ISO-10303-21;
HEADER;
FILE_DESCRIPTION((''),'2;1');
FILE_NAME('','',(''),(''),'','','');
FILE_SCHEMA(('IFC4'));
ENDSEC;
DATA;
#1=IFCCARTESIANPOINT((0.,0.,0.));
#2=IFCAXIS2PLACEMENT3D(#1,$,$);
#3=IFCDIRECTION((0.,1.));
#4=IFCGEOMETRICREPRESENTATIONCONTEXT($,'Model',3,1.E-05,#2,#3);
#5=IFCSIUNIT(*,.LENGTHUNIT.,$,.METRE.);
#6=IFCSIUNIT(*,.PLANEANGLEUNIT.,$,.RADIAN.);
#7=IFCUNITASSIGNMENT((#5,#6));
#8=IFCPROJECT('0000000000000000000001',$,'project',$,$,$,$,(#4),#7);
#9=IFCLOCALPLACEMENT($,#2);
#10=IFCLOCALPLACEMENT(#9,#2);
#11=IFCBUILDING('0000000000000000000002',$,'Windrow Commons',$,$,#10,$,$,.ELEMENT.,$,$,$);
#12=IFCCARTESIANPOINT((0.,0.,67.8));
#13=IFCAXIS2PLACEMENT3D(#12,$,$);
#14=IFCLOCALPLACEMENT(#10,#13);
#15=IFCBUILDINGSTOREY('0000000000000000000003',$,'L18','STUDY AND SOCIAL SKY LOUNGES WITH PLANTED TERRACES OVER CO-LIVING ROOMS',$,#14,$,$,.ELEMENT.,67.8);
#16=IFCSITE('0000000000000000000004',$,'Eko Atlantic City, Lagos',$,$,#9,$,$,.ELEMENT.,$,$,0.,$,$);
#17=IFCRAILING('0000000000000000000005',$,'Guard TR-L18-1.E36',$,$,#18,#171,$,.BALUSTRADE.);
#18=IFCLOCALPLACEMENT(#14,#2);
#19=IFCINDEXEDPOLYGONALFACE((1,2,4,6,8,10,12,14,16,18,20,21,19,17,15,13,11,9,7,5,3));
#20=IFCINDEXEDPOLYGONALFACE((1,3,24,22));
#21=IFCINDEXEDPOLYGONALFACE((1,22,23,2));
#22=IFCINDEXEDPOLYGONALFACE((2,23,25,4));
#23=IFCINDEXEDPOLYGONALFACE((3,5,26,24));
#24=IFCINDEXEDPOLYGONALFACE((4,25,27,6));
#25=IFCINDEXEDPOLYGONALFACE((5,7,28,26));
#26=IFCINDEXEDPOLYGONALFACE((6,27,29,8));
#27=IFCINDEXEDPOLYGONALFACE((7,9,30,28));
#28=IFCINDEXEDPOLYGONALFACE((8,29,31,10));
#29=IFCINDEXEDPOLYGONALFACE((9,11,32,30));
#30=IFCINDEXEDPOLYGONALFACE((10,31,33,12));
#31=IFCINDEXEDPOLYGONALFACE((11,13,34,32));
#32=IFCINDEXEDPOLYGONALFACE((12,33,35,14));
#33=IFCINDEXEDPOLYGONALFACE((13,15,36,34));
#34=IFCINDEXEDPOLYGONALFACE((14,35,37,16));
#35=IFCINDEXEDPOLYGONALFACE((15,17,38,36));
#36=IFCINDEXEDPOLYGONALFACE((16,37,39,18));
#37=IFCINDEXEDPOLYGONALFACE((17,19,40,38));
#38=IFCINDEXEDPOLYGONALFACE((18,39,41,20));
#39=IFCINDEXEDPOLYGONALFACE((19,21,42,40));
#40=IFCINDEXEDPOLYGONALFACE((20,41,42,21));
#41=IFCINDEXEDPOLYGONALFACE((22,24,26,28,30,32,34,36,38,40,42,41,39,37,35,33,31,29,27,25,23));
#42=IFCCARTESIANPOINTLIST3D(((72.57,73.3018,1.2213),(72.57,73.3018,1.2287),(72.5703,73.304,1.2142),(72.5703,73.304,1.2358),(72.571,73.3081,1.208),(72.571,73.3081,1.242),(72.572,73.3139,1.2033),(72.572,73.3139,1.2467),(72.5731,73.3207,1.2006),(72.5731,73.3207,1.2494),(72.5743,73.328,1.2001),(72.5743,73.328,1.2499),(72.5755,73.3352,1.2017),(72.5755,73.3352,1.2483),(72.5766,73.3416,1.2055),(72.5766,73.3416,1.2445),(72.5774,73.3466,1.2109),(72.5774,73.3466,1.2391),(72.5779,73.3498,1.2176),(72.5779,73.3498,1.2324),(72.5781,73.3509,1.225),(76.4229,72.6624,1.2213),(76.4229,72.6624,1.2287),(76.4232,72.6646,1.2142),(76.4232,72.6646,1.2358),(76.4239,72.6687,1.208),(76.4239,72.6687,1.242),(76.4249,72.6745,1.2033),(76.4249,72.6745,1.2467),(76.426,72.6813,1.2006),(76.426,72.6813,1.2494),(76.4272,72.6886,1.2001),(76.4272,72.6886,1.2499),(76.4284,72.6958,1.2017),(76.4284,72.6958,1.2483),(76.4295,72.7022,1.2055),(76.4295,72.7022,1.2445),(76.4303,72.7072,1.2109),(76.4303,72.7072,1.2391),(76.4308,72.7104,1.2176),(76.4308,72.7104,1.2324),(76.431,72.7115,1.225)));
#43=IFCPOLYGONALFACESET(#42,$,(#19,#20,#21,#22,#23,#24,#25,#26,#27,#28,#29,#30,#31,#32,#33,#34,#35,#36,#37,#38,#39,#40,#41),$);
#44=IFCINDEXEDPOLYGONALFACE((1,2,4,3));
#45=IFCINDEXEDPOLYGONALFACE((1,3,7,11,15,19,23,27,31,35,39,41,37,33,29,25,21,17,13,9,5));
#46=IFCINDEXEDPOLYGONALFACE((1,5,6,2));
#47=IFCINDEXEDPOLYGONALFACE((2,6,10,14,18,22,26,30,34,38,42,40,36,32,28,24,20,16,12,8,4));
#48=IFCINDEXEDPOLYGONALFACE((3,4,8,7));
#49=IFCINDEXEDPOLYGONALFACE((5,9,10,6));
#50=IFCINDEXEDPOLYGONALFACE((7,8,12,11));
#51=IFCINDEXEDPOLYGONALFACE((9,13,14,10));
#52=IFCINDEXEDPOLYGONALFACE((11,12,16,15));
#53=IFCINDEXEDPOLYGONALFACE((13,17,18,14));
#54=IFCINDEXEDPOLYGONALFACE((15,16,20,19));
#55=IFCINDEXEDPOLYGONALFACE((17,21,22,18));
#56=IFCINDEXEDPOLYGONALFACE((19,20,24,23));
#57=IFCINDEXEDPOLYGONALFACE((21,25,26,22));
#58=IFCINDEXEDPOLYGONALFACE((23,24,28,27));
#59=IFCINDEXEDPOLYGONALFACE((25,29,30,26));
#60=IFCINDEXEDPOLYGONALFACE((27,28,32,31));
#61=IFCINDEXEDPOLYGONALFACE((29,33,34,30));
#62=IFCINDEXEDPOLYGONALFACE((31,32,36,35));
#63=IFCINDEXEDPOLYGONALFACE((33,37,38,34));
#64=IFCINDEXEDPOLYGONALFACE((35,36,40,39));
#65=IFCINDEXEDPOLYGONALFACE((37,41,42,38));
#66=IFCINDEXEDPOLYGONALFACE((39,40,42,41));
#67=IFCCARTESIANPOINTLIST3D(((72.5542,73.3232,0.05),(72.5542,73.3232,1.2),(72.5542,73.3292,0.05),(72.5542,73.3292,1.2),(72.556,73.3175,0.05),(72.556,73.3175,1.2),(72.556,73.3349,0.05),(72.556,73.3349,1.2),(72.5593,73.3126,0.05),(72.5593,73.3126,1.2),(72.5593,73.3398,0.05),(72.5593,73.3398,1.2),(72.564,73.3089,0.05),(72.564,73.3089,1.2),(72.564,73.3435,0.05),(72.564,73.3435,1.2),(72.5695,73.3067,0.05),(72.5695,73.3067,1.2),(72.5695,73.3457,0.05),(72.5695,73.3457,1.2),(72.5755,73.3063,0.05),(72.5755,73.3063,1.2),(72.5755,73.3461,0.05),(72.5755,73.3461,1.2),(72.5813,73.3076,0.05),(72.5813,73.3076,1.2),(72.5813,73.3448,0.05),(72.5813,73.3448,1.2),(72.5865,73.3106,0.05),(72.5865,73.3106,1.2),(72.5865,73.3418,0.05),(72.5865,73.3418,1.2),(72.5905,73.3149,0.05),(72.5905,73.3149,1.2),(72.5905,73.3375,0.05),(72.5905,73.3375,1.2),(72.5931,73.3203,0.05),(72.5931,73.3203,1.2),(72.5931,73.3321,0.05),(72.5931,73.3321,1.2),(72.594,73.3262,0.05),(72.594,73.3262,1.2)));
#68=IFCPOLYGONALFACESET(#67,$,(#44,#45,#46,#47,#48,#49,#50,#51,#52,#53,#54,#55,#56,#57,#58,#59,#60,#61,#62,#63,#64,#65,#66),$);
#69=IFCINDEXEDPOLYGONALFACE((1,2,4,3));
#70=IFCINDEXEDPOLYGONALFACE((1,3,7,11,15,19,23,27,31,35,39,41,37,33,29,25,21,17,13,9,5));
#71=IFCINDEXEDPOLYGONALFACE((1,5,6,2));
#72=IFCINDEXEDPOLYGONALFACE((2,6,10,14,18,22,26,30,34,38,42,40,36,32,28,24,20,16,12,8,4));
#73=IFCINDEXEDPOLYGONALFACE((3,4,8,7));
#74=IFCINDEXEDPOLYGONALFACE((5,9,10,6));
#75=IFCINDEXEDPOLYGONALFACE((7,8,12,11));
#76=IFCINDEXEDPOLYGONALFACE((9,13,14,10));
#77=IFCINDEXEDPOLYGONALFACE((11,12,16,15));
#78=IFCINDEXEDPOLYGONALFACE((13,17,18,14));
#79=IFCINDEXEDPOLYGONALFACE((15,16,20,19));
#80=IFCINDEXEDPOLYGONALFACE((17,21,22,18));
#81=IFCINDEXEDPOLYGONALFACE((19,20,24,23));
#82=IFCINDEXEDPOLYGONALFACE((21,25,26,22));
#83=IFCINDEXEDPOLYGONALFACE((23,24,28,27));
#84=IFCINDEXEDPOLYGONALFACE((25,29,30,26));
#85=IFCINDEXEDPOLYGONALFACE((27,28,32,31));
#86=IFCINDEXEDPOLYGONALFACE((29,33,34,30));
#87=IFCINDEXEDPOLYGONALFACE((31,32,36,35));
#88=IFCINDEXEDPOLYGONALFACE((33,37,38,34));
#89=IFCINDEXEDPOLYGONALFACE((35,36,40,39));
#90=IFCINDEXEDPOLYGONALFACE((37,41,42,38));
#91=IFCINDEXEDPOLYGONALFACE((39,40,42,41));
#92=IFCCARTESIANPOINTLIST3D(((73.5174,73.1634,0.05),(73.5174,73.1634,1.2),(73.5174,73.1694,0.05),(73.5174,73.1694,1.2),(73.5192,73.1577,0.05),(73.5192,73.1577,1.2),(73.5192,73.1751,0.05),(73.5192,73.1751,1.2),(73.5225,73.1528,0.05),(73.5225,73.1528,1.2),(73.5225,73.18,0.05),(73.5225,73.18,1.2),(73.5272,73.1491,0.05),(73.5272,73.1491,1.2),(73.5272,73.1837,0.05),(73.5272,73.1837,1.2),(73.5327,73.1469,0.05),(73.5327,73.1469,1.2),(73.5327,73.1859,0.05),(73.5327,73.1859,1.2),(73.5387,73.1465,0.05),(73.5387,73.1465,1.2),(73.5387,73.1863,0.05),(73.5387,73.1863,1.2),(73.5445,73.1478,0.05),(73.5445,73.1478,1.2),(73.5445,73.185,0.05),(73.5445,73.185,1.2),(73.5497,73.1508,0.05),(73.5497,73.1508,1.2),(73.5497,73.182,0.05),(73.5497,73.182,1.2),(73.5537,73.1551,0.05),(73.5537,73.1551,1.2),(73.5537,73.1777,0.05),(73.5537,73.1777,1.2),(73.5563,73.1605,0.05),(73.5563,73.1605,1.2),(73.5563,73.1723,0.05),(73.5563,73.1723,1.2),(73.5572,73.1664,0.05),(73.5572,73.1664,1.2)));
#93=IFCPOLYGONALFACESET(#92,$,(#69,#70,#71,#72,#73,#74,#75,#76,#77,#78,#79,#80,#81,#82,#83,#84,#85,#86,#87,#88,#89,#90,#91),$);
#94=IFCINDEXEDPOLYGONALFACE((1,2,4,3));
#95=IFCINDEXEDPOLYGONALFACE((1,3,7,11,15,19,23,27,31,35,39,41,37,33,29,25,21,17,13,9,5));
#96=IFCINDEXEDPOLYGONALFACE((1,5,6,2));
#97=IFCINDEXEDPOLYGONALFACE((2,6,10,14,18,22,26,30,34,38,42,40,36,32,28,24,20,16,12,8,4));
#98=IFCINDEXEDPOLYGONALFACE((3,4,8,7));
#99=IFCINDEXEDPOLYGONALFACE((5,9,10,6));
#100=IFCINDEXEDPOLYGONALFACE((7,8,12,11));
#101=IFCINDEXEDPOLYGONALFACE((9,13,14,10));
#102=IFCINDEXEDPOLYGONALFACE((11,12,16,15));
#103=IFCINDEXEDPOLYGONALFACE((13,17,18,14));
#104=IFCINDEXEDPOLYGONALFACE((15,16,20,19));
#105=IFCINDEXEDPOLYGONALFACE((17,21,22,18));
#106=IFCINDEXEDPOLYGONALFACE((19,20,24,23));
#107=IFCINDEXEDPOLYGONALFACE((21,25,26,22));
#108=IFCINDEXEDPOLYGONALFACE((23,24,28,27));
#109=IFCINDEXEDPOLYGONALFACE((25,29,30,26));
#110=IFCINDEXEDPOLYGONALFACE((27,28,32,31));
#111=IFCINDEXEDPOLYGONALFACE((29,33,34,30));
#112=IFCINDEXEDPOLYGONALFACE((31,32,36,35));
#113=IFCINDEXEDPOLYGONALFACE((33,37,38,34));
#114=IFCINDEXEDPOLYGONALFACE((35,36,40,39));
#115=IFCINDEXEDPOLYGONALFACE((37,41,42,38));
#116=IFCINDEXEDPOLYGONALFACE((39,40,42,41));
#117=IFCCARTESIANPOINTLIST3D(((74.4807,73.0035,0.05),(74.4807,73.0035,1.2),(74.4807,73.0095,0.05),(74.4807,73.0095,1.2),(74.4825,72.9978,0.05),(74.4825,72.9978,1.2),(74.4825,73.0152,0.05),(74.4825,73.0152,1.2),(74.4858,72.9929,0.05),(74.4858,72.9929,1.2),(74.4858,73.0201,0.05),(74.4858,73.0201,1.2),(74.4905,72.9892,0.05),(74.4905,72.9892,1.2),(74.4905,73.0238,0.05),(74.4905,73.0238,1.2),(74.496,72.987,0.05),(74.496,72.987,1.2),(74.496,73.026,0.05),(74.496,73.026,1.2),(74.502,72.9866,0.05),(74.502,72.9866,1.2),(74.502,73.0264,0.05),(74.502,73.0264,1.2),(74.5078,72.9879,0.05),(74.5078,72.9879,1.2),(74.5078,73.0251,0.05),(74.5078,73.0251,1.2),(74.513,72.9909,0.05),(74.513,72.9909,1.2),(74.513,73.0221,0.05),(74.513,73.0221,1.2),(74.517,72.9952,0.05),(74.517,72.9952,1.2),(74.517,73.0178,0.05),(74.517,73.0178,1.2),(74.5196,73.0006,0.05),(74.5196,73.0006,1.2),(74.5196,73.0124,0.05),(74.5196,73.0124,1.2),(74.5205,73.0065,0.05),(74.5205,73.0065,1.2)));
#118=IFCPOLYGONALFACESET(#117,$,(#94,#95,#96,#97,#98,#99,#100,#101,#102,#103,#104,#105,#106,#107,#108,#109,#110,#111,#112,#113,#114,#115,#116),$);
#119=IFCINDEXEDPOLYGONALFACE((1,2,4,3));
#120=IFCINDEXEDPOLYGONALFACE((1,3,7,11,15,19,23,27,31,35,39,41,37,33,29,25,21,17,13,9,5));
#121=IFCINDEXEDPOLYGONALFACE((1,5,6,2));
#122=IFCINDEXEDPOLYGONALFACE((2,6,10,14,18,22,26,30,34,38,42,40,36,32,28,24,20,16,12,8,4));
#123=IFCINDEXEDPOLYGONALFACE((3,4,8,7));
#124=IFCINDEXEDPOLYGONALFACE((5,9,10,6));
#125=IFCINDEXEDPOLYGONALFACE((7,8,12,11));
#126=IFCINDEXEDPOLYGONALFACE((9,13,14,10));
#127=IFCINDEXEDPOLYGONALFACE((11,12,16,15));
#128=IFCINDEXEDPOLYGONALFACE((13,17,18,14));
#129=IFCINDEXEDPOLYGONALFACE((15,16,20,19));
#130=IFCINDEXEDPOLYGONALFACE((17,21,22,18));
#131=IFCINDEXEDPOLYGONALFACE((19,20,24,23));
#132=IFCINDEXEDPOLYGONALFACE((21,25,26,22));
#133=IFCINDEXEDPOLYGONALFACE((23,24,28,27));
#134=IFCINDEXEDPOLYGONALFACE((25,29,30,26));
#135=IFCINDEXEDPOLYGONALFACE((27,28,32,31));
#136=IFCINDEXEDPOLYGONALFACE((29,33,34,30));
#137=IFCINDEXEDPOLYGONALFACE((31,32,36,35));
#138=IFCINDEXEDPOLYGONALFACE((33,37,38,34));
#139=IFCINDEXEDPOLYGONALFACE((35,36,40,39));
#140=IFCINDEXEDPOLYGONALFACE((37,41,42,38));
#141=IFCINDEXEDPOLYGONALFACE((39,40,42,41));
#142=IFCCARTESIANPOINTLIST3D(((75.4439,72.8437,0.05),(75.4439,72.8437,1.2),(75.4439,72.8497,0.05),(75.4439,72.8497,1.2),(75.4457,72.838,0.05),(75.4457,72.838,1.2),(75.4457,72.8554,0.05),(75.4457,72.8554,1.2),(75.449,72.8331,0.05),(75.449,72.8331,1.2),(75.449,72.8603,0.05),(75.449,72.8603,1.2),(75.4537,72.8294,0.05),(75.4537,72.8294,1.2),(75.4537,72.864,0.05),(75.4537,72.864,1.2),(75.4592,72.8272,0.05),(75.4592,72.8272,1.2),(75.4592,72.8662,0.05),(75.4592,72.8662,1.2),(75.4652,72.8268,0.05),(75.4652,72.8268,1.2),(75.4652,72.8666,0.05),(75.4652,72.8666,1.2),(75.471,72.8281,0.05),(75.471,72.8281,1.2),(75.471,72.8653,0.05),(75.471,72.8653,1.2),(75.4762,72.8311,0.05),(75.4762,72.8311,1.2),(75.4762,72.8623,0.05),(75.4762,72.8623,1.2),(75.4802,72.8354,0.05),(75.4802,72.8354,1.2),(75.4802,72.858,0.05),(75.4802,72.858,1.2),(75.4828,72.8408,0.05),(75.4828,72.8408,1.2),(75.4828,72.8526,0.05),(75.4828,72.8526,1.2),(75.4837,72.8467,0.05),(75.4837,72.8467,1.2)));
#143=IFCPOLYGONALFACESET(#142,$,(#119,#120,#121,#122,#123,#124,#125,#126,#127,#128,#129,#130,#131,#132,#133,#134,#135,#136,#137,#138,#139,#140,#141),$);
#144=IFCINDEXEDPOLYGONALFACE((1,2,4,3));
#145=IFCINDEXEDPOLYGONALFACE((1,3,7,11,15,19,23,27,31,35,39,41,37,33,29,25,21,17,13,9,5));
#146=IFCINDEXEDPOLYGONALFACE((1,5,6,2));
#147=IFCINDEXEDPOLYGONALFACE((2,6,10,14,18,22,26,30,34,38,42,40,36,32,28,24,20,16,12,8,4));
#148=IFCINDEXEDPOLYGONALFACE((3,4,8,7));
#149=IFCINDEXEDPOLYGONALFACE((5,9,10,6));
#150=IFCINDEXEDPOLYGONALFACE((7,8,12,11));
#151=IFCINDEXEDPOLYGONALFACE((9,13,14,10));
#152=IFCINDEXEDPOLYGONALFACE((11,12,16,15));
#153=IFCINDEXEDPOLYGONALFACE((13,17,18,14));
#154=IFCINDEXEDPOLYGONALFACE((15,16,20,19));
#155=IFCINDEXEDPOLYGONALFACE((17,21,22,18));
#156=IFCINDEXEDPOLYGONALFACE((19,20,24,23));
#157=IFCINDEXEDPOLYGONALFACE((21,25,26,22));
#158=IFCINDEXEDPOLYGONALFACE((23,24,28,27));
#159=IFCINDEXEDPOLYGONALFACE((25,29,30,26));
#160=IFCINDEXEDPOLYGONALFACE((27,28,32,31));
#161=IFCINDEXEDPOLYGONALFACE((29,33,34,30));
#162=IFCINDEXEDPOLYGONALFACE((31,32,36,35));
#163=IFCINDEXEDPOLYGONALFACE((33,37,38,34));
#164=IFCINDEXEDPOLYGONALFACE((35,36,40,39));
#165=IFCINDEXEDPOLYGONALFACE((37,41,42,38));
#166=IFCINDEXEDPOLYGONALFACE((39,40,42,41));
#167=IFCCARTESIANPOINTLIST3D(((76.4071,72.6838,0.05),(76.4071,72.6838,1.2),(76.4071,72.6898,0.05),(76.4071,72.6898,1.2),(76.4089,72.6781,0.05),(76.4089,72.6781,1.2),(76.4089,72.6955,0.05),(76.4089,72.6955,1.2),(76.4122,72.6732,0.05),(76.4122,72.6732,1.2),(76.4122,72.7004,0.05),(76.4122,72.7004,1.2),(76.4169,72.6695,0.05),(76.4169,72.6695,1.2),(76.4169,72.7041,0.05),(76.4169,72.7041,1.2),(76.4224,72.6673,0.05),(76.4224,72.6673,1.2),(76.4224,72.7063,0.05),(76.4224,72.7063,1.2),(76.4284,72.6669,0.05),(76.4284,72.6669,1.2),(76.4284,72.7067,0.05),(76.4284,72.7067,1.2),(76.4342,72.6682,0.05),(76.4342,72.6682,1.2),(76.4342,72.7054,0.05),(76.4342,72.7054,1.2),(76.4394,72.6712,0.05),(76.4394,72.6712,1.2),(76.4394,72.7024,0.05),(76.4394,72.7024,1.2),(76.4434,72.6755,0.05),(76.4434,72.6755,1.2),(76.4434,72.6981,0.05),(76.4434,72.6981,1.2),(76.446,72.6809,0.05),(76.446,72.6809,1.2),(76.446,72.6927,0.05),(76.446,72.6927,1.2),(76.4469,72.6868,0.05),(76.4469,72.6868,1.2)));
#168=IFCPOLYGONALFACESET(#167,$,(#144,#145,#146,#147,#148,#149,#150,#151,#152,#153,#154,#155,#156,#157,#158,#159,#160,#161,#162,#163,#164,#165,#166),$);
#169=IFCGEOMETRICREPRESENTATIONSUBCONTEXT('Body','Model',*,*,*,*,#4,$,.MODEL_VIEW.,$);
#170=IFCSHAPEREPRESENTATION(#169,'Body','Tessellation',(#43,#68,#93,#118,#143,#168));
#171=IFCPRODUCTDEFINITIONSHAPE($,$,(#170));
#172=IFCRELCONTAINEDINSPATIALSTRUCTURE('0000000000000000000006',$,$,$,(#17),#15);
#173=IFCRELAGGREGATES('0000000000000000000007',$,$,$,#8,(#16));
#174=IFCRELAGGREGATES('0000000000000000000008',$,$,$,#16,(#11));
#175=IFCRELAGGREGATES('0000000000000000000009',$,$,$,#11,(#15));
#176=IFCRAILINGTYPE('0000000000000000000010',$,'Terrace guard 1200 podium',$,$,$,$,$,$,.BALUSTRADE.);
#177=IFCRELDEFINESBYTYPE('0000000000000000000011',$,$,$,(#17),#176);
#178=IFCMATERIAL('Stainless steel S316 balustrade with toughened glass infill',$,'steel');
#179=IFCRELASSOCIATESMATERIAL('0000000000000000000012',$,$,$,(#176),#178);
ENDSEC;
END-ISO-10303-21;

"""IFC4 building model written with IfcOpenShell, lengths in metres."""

from ifc_helpers import new_model, si_unit, direction, frame, origin, origin_2d, place, context, subcontext, project, spatial, circle, extrude, material, type_object, element, save


model = new_model("IFC4")

# Units and contexts
model_context = context("Model", 3, precision=1e-05, world=origin(), true_north=direction((0.0, 1.0)))
body_context = subcontext(model_context, "Body", "Model", "MODEL_VIEW")
ifc_project = project(units=[si_unit("LENGTHUNIT", "METRE"), si_unit("PLANEANGLEUNIT", "RADIAN")], contexts=[model_context])

# Site, building, storey
site_placement = place(None, origin())
site = spatial("IfcSite", under=ifc_project, at=site_placement, Name="Eko Atlantic City, Lagos", CompositionType="ELEMENT", RefElevation=0.0)
building_placement = place(site_placement, origin())
building = spatial("IfcBuilding", under=site, at=building_placement, Name="Windrow Commons", CompositionType="ELEMENT")
storey_placement = place(building_placement, frame((0.0, 0.0, 67.8)))
storey = spatial("IfcBuildingStorey", under=building, at=storey_placement, Name="L18", Description="STUDY AND SOCIAL SKY LOUNGES WITH PLANTED TERRACES OVER CO-LIVING ROOMS", CompositionType="ELEMENT", Elevation=67.8)

# Railing
ifc_material_1 = material(Name="Stainless steel S316 balustrade with toughened glass infill", Category="steel")
railing_type = type_object("IfcRailingType", Name="Terrace guard 1200 podium", PredefinedType="BALUSTRADE", material=ifc_material_1)
railing_1_placement = place(storey_placement, frame((72.574, 73.3262, 0.05)))
element("IfcRailing", 1, at=railing_1_placement, inside=storey, type_object=railing_type, Name="Guard TR-L18-1.E36", PredefinedType="BALUSTRADE", context=body_context, shape_type="SweptSolid", body=[
    extrude(circle(Radius=0.025, at=origin_2d()), frame((0.0, 0.0, 1.175), z_axis=(0.986508, -0.163714, 0.0), x_axis=(0.163714, 0.986508, 0.0)), (0.0, 0.0, 1.0), 3.9056),
    extrude(circle(Radius=0.02, at=origin_2d()), origin(), (0.0, 0.0, 1.0), 1.15),
    extrude(circle(Radius=0.02, at=origin_2d()), frame((0.9632, -0.1598, 0.0)), (0.0, 0.0, 1.0), 1.15),
    extrude(circle(Radius=0.02, at=origin_2d()), frame((1.9265, -0.3197, 0.0)), (0.0, 0.0, 1.0), 1.15),
    extrude(circle(Radius=0.02, at=origin_2d()), frame((2.8897, -0.4795, 0.0)), (0.0, 0.0, 1.0), 1.15),
    extrude(circle(Radius=0.02, at=origin_2d()), frame((3.8529, -0.6394, 0.0)), (0.0, 0.0, 1.0), 1.15),
])

save(model, "model.ifc")
